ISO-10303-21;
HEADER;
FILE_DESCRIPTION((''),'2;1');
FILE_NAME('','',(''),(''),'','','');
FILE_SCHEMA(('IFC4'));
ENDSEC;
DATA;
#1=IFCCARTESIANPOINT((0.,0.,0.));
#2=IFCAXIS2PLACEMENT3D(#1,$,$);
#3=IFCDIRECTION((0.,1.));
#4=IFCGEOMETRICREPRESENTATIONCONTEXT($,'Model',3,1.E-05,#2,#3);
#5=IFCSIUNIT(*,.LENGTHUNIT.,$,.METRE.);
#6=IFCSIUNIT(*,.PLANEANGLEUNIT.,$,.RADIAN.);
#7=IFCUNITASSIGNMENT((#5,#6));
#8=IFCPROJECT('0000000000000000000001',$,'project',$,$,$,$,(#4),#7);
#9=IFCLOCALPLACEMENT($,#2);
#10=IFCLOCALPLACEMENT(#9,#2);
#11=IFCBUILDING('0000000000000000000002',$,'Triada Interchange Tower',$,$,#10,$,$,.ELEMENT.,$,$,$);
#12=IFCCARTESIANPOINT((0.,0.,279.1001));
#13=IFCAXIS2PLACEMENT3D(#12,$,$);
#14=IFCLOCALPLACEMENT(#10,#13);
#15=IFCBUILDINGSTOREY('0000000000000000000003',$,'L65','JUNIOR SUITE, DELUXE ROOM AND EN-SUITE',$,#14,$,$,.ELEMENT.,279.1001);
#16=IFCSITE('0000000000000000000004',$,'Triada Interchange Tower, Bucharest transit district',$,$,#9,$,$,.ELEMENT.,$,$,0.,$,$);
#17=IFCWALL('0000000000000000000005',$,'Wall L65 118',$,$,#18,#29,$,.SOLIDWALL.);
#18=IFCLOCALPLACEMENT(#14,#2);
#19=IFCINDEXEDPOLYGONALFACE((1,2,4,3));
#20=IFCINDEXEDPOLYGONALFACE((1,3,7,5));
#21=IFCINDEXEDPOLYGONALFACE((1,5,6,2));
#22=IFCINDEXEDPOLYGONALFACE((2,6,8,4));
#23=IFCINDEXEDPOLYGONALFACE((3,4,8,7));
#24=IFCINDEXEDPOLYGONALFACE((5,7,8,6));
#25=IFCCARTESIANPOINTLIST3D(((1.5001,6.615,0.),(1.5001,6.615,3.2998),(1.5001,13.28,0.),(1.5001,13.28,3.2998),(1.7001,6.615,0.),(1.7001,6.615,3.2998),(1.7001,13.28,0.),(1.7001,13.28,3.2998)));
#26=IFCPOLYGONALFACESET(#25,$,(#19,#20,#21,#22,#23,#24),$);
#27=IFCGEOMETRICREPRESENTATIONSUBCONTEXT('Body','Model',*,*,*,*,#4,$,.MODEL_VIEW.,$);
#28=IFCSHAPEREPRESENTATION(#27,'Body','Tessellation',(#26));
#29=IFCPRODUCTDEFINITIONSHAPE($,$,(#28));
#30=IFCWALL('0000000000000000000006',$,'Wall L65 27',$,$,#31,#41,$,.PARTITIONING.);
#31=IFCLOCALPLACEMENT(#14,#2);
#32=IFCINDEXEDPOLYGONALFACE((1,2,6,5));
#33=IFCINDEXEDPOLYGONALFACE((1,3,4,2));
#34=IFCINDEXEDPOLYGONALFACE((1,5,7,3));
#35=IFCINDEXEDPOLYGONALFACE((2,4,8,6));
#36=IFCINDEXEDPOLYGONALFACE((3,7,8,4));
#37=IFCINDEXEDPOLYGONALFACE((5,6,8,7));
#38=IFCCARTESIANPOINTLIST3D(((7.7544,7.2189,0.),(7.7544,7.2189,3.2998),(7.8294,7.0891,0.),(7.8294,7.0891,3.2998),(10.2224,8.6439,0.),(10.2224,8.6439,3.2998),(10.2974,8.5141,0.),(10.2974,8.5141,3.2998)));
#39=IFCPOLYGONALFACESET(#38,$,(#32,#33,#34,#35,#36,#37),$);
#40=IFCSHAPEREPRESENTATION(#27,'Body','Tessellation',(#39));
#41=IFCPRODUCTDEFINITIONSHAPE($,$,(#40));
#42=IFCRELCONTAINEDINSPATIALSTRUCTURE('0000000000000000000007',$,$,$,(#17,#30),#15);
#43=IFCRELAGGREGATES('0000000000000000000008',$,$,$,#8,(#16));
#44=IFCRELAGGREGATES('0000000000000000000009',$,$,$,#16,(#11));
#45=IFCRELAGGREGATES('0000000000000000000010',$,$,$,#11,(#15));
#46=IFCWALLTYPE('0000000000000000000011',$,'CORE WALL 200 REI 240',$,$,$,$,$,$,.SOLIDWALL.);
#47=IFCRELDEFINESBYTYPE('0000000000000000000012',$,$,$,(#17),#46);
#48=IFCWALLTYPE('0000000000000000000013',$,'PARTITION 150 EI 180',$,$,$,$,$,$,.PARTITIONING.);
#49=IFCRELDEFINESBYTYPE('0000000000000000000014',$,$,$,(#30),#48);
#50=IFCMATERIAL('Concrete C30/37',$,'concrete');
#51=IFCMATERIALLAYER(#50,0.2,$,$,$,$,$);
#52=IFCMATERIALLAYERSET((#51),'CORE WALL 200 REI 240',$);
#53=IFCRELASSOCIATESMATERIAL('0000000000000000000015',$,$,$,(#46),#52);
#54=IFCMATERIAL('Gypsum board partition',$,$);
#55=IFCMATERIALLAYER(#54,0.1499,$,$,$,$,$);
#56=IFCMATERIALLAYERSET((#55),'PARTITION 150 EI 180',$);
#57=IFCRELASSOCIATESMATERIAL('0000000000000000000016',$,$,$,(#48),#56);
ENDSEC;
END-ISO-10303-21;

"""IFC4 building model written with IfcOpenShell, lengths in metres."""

from ifc_helpers import new_model, si_unit, direction, frame, frame_2d, origin, place, context, subcontext, project, spatial, rectangle, extrude, material, layer, layer_set, type_object, element, save


model = new_model("IFC4")

# Units and contexts
model_context = context("Model", 3, precision=1e-05, world=origin(), true_north=direction((0.0, 1.0)))
body_context = subcontext(model_context, "Body", "Model", "MODEL_VIEW")
ifc_project = project(units=[si_unit("LENGTHUNIT", "METRE"), si_unit("PLANEANGLEUNIT", "RADIAN")], contexts=[model_context])

# Site, building, storey
site_placement = place(None, origin())
site = spatial("IfcSite", under=ifc_project, at=site_placement, Name="Triada Interchange Tower, Bucharest transit district", CompositionType="ELEMENT", RefElevation=0.0)
building_placement = place(site_placement, origin())
building = spatial("IfcBuilding", under=site, at=building_placement, Name="Triada Interchange Tower", CompositionType="ELEMENT")
storey_placement = place(building_placement, frame((0.0, 0.0, 279.1001)))
storey = spatial("IfcBuildingStorey", under=building, at=storey_placement, Name="L65", Description="JUNIOR SUITE, DELUXE ROOM AND EN-SUITE", CompositionType="ELEMENT", Elevation=279.1001)

# Shared definitions
ifc_material_1 = material(Name="Concrete C30/37", Category="concrete")

# Walls
ifc_layer_1 = layer(ifc_material_1, 0.2)
ifc_layer_set_1 = layer_set([ifc_layer_1], Name="CORE WALL 200 REI 240")
wall_type_1 = type_object("IfcWallType", Name="CORE WALL 200 REI 240", PredefinedType="SOLIDWALL", material=ifc_layer_set_1)
wall_1_placement = place(storey_placement, frame((1.6001, 6.615, 0.0), z_axis=(0.0, 0.0, 1.0), x_axis=(0.0, 1.0, 0.0)))
element("IfcWall", 1, at=wall_1_placement, inside=storey, type_object=wall_type_1, Name="Wall L65 118", PredefinedType="SOLIDWALL", context=body_context, shape_type="SweptSolid", body=[
    extrude(rectangle(XDim=6.665, YDim=0.2, at=frame_2d((3.3325, 0.0))), origin(), (0.0, 0.0, 1.0), 3.2998),
])
ifc_material_2 = material(Name="Gypsum board partition")
ifc_layer_2 = layer(ifc_material_2, 0.1499)
ifc_layer_set_2 = layer_set([ifc_layer_2], Name="PARTITION 150 EI 180")
wall_type_2 = type_object("IfcWallType", Name="PARTITION 150 EI 180", PredefinedType="PARTITIONING", material=ifc_layer_set_2)
wall_2_placement = place(storey_placement, frame((7.792, 7.1541, 0.0), z_axis=(0.0, 0.0, 1.0), x_axis=(0.866004, 0.500036, 0.0)))
element("IfcWall", 2, at=wall_2_placement, inside=storey, type_object=wall_type_2, Name="Wall L65 27", PredefinedType="PARTITIONING", context=body_context, shape_type="SweptSolid", body=[
    extrude(rectangle(XDim=2.8499, YDim=0.1499, at=frame_2d((1.4248, 0.0))), origin(), (0.0, 0.0, 1.0), 3.2998),
])

save(model, "model.ifc")
